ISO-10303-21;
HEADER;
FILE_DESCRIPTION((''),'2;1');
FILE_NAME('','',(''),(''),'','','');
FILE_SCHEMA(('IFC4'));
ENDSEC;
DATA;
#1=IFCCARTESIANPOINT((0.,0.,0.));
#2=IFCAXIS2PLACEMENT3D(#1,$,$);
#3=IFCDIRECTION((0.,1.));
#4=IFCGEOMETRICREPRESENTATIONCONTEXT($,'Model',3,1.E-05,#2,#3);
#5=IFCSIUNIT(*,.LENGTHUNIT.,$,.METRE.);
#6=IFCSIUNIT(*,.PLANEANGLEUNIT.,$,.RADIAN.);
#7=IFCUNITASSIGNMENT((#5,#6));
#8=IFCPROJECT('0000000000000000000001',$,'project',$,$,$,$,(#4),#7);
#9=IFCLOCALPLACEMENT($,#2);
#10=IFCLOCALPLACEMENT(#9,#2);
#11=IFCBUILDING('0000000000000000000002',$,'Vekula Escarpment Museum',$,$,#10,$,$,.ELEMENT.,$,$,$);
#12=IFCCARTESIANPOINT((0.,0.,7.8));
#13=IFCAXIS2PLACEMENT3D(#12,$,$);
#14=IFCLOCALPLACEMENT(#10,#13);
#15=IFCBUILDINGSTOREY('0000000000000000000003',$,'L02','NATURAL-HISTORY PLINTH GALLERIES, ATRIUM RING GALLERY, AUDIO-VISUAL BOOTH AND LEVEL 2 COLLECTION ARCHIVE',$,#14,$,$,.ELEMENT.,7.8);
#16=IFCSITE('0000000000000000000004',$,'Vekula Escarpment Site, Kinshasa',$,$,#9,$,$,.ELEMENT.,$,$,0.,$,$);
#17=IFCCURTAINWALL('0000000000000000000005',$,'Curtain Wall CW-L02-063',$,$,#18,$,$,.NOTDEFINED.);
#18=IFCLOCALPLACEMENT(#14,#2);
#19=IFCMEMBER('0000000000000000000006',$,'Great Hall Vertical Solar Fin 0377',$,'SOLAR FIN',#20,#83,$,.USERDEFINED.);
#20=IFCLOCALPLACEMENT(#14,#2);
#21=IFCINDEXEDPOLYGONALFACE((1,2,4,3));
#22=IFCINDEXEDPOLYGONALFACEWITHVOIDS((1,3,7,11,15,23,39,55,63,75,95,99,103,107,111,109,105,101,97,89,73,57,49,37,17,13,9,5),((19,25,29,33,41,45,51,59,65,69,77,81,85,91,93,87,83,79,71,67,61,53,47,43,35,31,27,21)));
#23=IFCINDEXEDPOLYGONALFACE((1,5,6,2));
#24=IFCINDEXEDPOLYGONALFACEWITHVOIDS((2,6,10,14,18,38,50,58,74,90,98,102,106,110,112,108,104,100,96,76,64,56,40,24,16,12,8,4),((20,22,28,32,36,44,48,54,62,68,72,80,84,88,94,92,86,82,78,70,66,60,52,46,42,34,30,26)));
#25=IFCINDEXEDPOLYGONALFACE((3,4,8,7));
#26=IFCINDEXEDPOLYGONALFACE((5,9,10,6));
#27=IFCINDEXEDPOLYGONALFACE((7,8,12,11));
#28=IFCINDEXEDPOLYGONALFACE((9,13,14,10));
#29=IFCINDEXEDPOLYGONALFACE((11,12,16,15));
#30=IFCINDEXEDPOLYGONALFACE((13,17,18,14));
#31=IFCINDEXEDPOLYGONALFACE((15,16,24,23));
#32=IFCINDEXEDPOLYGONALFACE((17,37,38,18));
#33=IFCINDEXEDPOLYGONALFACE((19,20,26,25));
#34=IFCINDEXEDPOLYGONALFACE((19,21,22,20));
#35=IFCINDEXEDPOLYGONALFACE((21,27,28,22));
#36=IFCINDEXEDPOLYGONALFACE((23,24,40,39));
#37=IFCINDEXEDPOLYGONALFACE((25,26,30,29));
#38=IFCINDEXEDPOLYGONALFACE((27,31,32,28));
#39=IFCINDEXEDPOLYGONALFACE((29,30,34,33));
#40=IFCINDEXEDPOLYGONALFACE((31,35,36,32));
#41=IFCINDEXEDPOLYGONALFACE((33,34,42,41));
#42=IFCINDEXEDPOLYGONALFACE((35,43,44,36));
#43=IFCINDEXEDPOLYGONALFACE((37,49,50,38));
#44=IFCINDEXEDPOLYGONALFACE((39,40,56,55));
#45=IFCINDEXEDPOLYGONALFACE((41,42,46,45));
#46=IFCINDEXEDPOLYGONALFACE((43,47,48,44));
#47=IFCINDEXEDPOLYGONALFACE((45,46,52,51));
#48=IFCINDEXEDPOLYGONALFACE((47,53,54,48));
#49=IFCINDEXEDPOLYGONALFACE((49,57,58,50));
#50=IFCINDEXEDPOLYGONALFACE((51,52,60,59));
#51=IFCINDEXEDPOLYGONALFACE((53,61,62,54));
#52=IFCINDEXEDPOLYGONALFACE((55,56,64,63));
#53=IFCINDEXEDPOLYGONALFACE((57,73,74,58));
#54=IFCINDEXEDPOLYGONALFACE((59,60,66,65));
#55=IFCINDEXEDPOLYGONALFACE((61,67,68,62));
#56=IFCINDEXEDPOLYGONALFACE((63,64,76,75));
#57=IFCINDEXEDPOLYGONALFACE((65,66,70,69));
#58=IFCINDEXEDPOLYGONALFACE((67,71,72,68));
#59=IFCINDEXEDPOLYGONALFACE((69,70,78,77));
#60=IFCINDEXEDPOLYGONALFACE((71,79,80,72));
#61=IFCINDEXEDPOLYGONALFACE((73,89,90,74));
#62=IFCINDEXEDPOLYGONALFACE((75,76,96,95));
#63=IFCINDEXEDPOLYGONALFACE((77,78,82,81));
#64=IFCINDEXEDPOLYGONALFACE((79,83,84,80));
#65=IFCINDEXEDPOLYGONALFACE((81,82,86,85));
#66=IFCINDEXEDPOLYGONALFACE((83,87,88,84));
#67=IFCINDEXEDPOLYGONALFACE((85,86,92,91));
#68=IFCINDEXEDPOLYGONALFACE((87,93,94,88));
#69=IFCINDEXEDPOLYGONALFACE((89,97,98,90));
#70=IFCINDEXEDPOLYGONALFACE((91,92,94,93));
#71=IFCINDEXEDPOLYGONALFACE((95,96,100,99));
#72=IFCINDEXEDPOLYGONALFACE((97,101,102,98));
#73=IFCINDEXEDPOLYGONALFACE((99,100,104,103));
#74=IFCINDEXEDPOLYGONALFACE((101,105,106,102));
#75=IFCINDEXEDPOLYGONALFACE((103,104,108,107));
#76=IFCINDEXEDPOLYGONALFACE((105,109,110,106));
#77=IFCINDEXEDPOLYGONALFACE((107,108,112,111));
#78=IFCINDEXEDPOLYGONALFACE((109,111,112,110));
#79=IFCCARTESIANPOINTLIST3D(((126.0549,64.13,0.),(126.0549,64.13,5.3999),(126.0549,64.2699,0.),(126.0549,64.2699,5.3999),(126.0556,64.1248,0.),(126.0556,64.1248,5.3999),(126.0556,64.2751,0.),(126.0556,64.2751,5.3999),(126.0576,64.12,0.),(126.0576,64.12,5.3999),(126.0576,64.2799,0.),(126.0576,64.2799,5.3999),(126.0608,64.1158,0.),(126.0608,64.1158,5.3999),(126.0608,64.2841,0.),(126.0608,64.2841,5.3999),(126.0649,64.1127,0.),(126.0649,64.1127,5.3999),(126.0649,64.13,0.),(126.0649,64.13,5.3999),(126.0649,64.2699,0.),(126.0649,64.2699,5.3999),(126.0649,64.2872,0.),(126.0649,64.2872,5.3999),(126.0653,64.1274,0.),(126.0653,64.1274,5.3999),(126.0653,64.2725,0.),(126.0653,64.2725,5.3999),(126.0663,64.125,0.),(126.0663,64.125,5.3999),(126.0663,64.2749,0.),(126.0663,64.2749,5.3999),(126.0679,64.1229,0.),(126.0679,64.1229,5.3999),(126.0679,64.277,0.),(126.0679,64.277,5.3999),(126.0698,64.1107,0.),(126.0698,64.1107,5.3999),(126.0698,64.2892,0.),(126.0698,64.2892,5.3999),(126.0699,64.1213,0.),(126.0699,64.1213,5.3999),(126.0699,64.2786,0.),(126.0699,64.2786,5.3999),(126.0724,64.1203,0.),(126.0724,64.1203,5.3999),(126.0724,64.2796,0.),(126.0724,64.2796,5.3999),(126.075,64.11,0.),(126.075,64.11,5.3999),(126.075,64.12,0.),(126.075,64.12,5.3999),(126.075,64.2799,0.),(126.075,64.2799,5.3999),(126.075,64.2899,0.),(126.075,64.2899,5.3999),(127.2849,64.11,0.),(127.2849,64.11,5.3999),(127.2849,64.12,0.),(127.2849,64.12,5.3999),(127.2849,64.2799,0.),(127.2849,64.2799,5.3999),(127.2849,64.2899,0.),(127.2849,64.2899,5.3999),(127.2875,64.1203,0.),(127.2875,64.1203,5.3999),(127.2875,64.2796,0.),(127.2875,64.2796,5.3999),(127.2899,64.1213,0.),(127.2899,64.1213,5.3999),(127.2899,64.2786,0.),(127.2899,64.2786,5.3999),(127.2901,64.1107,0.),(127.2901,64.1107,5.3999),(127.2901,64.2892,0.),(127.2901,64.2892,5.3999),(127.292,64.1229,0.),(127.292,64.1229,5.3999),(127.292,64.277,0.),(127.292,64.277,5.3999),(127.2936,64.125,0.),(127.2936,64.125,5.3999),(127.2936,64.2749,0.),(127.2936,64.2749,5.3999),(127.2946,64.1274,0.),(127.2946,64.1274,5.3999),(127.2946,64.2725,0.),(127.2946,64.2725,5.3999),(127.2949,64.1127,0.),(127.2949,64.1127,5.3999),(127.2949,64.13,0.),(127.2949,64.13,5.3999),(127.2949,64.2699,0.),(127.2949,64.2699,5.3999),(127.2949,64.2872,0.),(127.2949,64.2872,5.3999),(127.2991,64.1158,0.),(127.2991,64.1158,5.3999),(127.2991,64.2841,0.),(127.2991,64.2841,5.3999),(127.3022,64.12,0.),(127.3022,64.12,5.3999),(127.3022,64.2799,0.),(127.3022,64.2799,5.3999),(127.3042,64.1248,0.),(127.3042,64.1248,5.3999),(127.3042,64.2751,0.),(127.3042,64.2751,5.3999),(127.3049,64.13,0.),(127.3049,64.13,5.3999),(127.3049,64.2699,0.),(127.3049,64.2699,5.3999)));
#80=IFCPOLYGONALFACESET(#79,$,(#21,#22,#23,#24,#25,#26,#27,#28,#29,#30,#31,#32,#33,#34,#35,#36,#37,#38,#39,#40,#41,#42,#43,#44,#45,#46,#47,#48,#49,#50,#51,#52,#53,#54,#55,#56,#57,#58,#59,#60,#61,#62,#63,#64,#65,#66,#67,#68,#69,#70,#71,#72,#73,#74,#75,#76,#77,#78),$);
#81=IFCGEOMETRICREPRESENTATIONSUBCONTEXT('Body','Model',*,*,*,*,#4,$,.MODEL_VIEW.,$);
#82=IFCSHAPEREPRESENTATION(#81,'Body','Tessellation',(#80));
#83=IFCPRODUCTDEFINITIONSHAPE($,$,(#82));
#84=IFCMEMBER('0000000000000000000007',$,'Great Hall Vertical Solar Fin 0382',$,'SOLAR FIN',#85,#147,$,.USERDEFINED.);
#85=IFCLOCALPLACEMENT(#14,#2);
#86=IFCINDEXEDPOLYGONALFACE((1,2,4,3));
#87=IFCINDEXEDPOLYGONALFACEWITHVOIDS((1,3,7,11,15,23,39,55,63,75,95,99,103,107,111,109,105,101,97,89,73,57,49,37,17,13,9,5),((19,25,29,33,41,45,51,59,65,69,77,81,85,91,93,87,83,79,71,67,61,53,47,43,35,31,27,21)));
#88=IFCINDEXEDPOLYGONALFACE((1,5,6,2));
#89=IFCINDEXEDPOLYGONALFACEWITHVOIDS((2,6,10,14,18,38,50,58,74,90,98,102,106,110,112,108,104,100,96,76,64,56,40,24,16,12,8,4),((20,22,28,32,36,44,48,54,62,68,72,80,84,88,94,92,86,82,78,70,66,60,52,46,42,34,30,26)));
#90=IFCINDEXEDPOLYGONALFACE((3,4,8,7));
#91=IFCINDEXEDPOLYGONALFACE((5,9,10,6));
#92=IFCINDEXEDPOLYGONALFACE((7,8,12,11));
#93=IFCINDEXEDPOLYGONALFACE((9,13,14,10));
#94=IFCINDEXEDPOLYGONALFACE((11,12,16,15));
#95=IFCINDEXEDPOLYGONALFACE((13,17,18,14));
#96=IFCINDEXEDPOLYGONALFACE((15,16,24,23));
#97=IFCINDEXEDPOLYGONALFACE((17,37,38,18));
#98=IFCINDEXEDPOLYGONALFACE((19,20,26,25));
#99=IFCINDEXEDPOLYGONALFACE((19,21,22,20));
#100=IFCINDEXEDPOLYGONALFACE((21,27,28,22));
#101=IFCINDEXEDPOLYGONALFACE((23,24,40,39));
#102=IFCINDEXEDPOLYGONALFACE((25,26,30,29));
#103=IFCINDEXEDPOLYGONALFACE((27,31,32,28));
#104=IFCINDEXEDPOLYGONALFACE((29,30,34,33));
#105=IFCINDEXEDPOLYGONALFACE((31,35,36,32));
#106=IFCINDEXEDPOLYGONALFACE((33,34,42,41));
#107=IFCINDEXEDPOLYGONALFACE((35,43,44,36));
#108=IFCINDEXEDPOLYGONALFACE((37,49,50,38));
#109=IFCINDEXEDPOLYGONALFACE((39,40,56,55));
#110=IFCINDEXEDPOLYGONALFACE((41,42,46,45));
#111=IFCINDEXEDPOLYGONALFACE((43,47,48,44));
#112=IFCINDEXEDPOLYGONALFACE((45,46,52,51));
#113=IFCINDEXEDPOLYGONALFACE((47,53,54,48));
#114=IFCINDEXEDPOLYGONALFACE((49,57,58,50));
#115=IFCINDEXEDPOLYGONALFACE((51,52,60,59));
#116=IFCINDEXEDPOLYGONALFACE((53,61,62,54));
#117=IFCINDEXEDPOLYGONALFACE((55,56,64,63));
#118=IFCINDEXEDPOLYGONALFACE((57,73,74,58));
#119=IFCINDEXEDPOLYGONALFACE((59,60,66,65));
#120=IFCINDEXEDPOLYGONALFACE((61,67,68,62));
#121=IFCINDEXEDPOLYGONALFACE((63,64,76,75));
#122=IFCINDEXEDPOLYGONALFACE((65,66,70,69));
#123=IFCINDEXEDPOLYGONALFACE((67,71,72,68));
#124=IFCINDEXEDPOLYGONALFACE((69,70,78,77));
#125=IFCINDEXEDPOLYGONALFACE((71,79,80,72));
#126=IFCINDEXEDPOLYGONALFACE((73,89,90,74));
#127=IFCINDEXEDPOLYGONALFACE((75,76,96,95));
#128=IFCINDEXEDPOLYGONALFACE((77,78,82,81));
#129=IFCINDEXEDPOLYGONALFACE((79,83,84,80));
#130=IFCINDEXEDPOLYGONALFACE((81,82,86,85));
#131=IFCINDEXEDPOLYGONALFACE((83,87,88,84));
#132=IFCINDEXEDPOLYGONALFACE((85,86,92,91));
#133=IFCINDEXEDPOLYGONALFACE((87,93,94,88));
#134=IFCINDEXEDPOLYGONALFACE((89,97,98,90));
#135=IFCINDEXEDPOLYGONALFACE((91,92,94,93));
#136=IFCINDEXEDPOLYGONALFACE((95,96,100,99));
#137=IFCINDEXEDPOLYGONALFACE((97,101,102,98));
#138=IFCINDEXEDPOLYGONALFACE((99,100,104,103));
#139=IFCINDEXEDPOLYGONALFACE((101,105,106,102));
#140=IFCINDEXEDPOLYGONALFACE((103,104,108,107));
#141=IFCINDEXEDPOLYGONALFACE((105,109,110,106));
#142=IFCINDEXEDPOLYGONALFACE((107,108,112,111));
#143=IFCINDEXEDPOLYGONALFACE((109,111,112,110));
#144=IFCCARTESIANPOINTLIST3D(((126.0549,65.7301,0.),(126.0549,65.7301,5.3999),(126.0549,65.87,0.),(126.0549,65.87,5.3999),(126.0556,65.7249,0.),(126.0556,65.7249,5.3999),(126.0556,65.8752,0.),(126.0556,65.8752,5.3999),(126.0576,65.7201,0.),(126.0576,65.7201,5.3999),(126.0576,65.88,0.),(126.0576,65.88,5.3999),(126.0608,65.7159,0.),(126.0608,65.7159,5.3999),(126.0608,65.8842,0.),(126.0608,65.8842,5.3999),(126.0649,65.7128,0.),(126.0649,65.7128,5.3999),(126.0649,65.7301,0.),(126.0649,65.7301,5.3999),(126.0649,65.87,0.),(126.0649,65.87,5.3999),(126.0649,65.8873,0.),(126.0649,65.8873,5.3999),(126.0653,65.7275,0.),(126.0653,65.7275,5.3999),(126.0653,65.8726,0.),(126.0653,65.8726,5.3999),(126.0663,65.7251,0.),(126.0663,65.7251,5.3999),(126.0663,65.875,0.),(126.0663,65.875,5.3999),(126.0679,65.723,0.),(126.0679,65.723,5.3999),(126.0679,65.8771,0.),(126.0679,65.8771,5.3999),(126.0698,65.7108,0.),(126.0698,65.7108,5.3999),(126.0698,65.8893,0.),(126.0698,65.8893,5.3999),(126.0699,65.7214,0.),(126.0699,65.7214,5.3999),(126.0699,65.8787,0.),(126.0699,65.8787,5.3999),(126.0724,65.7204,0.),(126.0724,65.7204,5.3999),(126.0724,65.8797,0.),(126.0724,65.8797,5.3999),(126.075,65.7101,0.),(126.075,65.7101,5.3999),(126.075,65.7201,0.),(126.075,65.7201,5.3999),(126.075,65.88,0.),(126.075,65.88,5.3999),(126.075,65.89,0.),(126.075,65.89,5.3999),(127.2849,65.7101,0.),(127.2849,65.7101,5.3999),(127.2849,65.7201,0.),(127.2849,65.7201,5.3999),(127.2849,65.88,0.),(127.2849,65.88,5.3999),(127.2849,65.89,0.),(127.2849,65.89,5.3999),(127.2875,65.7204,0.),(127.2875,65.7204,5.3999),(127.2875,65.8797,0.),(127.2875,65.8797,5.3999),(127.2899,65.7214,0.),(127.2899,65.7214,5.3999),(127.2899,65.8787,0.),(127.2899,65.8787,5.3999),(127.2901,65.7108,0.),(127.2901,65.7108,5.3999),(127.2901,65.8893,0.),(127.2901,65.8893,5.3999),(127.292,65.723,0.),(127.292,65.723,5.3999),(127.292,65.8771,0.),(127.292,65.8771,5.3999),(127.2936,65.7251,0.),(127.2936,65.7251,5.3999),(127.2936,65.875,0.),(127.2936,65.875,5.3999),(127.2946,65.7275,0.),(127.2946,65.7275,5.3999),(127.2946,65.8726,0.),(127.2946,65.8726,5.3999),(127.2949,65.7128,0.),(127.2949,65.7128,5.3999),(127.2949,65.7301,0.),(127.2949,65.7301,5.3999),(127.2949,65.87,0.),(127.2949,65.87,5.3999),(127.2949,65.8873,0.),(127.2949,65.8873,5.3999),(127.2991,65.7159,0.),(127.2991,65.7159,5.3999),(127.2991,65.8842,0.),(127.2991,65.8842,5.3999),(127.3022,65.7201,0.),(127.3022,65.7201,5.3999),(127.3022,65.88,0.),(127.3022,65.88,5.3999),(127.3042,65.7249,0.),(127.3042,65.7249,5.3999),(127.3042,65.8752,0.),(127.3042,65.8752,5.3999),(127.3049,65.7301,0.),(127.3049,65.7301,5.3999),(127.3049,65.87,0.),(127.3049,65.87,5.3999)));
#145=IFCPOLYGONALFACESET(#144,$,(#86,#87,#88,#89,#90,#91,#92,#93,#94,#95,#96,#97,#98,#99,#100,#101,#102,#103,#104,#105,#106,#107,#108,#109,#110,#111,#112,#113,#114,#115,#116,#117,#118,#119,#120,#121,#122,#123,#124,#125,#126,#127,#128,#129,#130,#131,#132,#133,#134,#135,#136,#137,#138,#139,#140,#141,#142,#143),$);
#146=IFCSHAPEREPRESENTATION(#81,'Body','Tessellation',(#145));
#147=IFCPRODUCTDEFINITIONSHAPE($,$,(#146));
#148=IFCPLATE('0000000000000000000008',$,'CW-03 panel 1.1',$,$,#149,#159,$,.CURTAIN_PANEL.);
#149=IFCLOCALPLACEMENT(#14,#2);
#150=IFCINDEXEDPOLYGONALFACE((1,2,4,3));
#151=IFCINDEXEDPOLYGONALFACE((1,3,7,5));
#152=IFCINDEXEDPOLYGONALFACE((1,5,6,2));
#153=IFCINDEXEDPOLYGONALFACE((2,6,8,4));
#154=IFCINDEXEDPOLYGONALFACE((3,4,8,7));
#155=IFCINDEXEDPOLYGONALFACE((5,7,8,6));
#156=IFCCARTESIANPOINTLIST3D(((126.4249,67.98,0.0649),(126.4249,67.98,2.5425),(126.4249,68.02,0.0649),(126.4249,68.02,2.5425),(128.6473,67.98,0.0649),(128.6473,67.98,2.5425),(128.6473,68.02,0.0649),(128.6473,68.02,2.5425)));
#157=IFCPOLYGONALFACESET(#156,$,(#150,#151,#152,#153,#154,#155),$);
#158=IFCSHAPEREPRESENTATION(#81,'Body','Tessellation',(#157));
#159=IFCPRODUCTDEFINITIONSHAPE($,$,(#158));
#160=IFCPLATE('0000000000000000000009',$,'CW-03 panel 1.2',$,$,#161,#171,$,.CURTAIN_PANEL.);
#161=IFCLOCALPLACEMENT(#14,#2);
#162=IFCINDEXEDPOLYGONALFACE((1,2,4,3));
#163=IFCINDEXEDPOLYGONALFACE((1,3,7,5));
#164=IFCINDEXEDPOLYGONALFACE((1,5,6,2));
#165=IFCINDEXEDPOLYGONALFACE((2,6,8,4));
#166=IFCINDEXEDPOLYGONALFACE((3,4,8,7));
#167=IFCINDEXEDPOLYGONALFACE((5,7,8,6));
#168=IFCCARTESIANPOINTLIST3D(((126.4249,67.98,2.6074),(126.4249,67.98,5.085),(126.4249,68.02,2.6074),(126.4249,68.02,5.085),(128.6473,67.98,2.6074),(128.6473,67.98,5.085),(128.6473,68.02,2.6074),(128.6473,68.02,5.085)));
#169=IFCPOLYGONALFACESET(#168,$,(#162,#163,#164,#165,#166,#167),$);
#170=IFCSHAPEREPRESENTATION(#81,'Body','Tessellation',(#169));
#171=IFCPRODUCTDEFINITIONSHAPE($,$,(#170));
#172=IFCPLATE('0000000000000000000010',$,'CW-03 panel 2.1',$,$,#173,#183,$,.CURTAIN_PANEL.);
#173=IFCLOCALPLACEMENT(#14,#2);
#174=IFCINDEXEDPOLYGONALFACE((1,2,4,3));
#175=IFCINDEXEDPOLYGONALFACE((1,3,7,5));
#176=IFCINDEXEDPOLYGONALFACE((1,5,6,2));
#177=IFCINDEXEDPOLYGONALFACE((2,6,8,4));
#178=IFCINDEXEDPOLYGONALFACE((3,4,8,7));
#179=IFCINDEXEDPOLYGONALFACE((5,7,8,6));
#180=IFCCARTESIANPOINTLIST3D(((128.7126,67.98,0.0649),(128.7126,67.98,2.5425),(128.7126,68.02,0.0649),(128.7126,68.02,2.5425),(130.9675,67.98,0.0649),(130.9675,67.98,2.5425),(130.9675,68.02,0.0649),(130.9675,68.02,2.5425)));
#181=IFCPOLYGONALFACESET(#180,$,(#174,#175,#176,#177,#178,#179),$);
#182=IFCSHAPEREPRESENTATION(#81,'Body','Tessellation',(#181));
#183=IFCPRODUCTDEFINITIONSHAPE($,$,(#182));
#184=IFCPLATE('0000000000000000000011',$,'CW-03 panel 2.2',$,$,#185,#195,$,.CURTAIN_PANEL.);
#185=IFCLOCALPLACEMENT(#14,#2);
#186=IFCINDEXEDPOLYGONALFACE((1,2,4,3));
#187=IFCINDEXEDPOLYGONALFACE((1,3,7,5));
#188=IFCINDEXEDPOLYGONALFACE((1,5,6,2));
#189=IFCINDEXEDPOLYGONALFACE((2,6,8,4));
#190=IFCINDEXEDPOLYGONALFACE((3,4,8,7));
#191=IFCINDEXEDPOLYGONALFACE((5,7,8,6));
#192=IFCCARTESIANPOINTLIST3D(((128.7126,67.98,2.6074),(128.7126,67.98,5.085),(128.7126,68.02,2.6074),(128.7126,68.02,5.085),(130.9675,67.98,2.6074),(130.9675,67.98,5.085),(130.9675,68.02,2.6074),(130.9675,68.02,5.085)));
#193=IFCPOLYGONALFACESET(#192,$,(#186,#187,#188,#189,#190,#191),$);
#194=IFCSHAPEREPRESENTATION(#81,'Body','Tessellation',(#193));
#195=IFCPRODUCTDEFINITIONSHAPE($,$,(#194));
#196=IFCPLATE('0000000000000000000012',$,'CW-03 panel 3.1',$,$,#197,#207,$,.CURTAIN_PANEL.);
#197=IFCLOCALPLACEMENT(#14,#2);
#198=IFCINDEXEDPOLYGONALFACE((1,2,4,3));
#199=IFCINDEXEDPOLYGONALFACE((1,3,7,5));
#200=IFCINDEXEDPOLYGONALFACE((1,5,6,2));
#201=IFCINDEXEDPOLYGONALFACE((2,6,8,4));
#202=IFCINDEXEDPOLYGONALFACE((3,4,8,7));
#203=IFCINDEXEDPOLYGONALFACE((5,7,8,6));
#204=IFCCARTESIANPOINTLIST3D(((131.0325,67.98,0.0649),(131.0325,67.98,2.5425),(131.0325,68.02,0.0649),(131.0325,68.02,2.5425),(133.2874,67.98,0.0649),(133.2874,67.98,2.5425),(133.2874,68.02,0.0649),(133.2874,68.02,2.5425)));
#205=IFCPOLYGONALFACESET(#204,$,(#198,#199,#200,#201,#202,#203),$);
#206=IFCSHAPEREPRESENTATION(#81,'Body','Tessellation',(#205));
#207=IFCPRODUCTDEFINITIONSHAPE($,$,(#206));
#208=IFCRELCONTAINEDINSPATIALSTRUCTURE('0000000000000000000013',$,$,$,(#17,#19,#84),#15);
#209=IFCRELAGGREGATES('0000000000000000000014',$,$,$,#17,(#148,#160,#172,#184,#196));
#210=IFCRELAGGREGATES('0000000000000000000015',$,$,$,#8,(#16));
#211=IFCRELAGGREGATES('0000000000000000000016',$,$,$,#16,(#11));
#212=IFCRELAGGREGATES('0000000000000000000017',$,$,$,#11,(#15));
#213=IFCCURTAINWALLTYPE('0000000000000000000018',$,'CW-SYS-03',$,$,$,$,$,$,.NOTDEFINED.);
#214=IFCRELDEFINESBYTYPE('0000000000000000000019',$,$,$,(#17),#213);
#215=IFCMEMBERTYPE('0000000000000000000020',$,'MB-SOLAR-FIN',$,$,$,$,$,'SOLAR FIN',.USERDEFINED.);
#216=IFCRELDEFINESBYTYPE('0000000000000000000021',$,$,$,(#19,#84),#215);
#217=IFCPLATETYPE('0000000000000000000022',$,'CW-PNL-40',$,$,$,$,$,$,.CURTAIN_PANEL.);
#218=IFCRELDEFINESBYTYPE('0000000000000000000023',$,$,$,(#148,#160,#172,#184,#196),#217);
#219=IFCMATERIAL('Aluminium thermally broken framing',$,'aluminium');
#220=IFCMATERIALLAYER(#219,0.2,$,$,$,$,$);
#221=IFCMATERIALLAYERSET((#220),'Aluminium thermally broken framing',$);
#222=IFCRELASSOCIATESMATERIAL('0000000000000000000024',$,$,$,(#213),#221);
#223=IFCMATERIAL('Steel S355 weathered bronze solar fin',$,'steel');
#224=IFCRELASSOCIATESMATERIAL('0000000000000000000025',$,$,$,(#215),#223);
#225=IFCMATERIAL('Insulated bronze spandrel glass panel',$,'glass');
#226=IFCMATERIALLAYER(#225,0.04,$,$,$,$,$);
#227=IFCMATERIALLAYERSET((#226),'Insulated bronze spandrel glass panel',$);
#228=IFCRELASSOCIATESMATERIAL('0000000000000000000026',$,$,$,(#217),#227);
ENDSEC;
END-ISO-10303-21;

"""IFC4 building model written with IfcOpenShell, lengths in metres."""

from ifc_helpers import new_model, si_unit, direction, frame, origin, origin_2d, place, context, subcontext, project, spatial, rectangle, hollow_rectangle, extrude, material, layer, layer_set, material_profile, profile_set, type_object, element, aggregate, save


model = new_model("IFC4")

# Units and contexts
model_context = context("Model", 3, precision=1e-05, world=origin(), true_north=direction((0.0, 1.0)))
body_context = subcontext(model_context, "Body", "Model", "MODEL_VIEW")
ifc_project = project(units=[si_unit("LENGTHUNIT", "METRE"), si_unit("PLANEANGLEUNIT", "RADIAN")], contexts=[model_context])

# Site, building, storey
site_placement = place(None, origin())
site = spatial("IfcSite", under=ifc_project, at=site_placement, Name="Vekula Escarpment Site, Kinshasa", CompositionType="ELEMENT", RefElevation=0.0)
building_placement = place(site_placement, origin())
building = spatial("IfcBuilding", under=site, at=building_placement, Name="Vekula Escarpment Museum", CompositionType="ELEMENT")
storey_placement = place(building_placement, frame((0.0, 0.0, 7.8)))
storey = spatial("IfcBuildingStorey", under=building, at=storey_placement, Name="L02", Description="NATURAL-HISTORY PLINTH GALLERIES, ATRIUM RING GALLERY, AUDIO-VISUAL BOOTH AND LEVEL 2 COLLECTION ARCHIVE", CompositionType="ELEMENT", Elevation=7.8)

# Curtain wall
ifc_material_1 = material(Name="Aluminium thermally broken framing", Category="aluminium")
ifc_layer_1 = layer(ifc_material_1, 0.2)
ifc_layer_set_1 = layer_set([ifc_layer_1], Name="Aluminium thermally broken framing")
curtain_wall_type = type_object("IfcCurtainWallType", Name="CW-SYS-03", PredefinedType="NOTDEFINED", material=ifc_layer_set_1)
curtain_wall_placement = place(storey_placement, origin())
curtain_wall = element("IfcCurtainWall", 1, at=curtain_wall_placement, inside=storey, type_object=curtain_wall_type, Name="Curtain Wall CW-L02-063", PredefinedType="NOTDEFINED")

# Members
ifc_material_2 = material(Name="Steel S355 weathered bronze solar fin", Category="steel")
ifc_material_profile_1 = material_profile(ifc_material_2, hollow_rectangle(XDim=0.1799, YDim=1.25, WallThickness=0.01, InnerFilletRadius=0.01, OuterFilletRadius=0.02, at=origin_2d()), Name="RHS 1250x180x10")
ifc_profile_set_1 = profile_set([ifc_material_profile_1], Name="Steel S355 weathered bronze solar fin")
member_type_1 = type_object("IfcMemberType", Name="MB-SOLAR-FIN", ElementType="SOLAR FIN", PredefinedType="USERDEFINED", material=ifc_profile_set_1)
for number, where, z_axis, x_axis, name in (
    (2, (126.6799, 64.2, 0.0), (0.0, 0.0, 1.0), (0.0, 1.0, 0.0), "Great Hall Vertical Solar Fin 0377"),
    (3, (126.6799, 65.8, 0.0), (0.0, 0.0, 1.0), (0.0, 1.0, 0.0), "Great Hall Vertical Solar Fin 0382"),
):
    element("IfcMember", number, at=place(storey_placement, frame(where, z_axis=z_axis, x_axis=x_axis)), inside=storey, type_object=member_type_1, Name=name, ObjectType="SOLAR FIN", PredefinedType="USERDEFINED", context=body_context, shape_type="SweptSolid", body=[
        extrude(hollow_rectangle(XDim=0.1799, YDim=1.25, WallThickness=0.01, InnerFilletRadius=0.01, OuterFilletRadius=0.02, at=origin_2d()), origin(), (0.0, 0.0, 1.0), 5.3999),
    ])

# Plates
ifc_material_3 = material(Name="Insulated bronze spandrel glass panel", Category="glass")
ifc_layer_2 = layer(ifc_material_3, 0.04)
ifc_layer_set_2 = layer_set([ifc_layer_2], Name="Insulated bronze spandrel glass panel")
plate_type = type_object("IfcPlateType", Name="CW-PNL-40", PredefinedType="CURTAIN_PANEL", material=ifc_layer_set_2)
plate_1_placement = place(storey_placement, frame((127.5361, 68.0, 0.0649), z_axis=(0.0, 0.0, 1.0), x_axis=(1.0, 0.0, 0.0)))
plate_1 = element("IfcPlate", 4, at=plate_1_placement, type_object=plate_type, Name="CW-03 panel 1.1", PredefinedType="CURTAIN_PANEL", context=body_context, shape_type="SweptSolid", body=[
    extrude(rectangle(XDim=2.2224, YDim=0.04, at=origin_2d()), origin(), (0.0, 0.0, 1.0), 2.4775),
])
plate_2_placement = place(storey_placement, frame((127.5361, 68.0, 2.6074), z_axis=(0.0, 0.0, 1.0), x_axis=(1.0, 0.0, 0.0)))
plate_2 = element("IfcPlate", 5, at=plate_2_placement, type_object=plate_type, Name="CW-03 panel 1.2", PredefinedType="CURTAIN_PANEL", context=body_context, shape_type="SweptSolid", body=[
    extrude(rectangle(XDim=2.2224, YDim=0.04, at=origin_2d()), origin(), (0.0, 0.0, 1.0), 2.4775),
])
plate_3_placement = place(storey_placement, frame((129.8401, 68.0, 0.0649), z_axis=(0.0, 0.0, 1.0), x_axis=(1.0, 0.0, 0.0)))
plate_3 = element("IfcPlate", 6, at=plate_3_placement, type_object=plate_type, Name="CW-03 panel 2.1", PredefinedType="CURTAIN_PANEL", context=body_context, shape_type="SweptSolid", body=[
    extrude(rectangle(XDim=2.2549, YDim=0.04, at=origin_2d()), origin(), (0.0, 0.0, 1.0), 2.4775),
])
plate_4_placement = place(storey_placement, frame((129.8401, 68.0, 2.6074), z_axis=(0.0, 0.0, 1.0), x_axis=(1.0, 0.0, 0.0)))
plate_4 = element("IfcPlate", 7, at=plate_4_placement, type_object=plate_type, Name="CW-03 panel 2.2", PredefinedType="CURTAIN_PANEL", context=body_context, shape_type="SweptSolid", body=[
    extrude(rectangle(XDim=2.2549, YDim=0.04, at=origin_2d()), origin(), (0.0, 0.0, 1.0), 2.4775),
])
plate_5_placement = place(storey_placement, frame((132.1599, 68.0, 0.0649), z_axis=(0.0, 0.0, 1.0), x_axis=(1.0, 0.0, 0.0)))
plate_5 = element("IfcPlate", 8, at=plate_5_placement, type_object=plate_type, Name="CW-03 panel 3.1", PredefinedType="CURTAIN_PANEL", context=body_context, shape_type="SweptSolid", body=[
    extrude(rectangle(XDim=2.2549, YDim=0.04, at=origin_2d()), origin(), (0.0, 0.0, 1.0), 2.4775),
])
aggregate(curtain_wall, [plate_1, plate_2, plate_3, plate_4, plate_5])

save(model, "model.ifc")
